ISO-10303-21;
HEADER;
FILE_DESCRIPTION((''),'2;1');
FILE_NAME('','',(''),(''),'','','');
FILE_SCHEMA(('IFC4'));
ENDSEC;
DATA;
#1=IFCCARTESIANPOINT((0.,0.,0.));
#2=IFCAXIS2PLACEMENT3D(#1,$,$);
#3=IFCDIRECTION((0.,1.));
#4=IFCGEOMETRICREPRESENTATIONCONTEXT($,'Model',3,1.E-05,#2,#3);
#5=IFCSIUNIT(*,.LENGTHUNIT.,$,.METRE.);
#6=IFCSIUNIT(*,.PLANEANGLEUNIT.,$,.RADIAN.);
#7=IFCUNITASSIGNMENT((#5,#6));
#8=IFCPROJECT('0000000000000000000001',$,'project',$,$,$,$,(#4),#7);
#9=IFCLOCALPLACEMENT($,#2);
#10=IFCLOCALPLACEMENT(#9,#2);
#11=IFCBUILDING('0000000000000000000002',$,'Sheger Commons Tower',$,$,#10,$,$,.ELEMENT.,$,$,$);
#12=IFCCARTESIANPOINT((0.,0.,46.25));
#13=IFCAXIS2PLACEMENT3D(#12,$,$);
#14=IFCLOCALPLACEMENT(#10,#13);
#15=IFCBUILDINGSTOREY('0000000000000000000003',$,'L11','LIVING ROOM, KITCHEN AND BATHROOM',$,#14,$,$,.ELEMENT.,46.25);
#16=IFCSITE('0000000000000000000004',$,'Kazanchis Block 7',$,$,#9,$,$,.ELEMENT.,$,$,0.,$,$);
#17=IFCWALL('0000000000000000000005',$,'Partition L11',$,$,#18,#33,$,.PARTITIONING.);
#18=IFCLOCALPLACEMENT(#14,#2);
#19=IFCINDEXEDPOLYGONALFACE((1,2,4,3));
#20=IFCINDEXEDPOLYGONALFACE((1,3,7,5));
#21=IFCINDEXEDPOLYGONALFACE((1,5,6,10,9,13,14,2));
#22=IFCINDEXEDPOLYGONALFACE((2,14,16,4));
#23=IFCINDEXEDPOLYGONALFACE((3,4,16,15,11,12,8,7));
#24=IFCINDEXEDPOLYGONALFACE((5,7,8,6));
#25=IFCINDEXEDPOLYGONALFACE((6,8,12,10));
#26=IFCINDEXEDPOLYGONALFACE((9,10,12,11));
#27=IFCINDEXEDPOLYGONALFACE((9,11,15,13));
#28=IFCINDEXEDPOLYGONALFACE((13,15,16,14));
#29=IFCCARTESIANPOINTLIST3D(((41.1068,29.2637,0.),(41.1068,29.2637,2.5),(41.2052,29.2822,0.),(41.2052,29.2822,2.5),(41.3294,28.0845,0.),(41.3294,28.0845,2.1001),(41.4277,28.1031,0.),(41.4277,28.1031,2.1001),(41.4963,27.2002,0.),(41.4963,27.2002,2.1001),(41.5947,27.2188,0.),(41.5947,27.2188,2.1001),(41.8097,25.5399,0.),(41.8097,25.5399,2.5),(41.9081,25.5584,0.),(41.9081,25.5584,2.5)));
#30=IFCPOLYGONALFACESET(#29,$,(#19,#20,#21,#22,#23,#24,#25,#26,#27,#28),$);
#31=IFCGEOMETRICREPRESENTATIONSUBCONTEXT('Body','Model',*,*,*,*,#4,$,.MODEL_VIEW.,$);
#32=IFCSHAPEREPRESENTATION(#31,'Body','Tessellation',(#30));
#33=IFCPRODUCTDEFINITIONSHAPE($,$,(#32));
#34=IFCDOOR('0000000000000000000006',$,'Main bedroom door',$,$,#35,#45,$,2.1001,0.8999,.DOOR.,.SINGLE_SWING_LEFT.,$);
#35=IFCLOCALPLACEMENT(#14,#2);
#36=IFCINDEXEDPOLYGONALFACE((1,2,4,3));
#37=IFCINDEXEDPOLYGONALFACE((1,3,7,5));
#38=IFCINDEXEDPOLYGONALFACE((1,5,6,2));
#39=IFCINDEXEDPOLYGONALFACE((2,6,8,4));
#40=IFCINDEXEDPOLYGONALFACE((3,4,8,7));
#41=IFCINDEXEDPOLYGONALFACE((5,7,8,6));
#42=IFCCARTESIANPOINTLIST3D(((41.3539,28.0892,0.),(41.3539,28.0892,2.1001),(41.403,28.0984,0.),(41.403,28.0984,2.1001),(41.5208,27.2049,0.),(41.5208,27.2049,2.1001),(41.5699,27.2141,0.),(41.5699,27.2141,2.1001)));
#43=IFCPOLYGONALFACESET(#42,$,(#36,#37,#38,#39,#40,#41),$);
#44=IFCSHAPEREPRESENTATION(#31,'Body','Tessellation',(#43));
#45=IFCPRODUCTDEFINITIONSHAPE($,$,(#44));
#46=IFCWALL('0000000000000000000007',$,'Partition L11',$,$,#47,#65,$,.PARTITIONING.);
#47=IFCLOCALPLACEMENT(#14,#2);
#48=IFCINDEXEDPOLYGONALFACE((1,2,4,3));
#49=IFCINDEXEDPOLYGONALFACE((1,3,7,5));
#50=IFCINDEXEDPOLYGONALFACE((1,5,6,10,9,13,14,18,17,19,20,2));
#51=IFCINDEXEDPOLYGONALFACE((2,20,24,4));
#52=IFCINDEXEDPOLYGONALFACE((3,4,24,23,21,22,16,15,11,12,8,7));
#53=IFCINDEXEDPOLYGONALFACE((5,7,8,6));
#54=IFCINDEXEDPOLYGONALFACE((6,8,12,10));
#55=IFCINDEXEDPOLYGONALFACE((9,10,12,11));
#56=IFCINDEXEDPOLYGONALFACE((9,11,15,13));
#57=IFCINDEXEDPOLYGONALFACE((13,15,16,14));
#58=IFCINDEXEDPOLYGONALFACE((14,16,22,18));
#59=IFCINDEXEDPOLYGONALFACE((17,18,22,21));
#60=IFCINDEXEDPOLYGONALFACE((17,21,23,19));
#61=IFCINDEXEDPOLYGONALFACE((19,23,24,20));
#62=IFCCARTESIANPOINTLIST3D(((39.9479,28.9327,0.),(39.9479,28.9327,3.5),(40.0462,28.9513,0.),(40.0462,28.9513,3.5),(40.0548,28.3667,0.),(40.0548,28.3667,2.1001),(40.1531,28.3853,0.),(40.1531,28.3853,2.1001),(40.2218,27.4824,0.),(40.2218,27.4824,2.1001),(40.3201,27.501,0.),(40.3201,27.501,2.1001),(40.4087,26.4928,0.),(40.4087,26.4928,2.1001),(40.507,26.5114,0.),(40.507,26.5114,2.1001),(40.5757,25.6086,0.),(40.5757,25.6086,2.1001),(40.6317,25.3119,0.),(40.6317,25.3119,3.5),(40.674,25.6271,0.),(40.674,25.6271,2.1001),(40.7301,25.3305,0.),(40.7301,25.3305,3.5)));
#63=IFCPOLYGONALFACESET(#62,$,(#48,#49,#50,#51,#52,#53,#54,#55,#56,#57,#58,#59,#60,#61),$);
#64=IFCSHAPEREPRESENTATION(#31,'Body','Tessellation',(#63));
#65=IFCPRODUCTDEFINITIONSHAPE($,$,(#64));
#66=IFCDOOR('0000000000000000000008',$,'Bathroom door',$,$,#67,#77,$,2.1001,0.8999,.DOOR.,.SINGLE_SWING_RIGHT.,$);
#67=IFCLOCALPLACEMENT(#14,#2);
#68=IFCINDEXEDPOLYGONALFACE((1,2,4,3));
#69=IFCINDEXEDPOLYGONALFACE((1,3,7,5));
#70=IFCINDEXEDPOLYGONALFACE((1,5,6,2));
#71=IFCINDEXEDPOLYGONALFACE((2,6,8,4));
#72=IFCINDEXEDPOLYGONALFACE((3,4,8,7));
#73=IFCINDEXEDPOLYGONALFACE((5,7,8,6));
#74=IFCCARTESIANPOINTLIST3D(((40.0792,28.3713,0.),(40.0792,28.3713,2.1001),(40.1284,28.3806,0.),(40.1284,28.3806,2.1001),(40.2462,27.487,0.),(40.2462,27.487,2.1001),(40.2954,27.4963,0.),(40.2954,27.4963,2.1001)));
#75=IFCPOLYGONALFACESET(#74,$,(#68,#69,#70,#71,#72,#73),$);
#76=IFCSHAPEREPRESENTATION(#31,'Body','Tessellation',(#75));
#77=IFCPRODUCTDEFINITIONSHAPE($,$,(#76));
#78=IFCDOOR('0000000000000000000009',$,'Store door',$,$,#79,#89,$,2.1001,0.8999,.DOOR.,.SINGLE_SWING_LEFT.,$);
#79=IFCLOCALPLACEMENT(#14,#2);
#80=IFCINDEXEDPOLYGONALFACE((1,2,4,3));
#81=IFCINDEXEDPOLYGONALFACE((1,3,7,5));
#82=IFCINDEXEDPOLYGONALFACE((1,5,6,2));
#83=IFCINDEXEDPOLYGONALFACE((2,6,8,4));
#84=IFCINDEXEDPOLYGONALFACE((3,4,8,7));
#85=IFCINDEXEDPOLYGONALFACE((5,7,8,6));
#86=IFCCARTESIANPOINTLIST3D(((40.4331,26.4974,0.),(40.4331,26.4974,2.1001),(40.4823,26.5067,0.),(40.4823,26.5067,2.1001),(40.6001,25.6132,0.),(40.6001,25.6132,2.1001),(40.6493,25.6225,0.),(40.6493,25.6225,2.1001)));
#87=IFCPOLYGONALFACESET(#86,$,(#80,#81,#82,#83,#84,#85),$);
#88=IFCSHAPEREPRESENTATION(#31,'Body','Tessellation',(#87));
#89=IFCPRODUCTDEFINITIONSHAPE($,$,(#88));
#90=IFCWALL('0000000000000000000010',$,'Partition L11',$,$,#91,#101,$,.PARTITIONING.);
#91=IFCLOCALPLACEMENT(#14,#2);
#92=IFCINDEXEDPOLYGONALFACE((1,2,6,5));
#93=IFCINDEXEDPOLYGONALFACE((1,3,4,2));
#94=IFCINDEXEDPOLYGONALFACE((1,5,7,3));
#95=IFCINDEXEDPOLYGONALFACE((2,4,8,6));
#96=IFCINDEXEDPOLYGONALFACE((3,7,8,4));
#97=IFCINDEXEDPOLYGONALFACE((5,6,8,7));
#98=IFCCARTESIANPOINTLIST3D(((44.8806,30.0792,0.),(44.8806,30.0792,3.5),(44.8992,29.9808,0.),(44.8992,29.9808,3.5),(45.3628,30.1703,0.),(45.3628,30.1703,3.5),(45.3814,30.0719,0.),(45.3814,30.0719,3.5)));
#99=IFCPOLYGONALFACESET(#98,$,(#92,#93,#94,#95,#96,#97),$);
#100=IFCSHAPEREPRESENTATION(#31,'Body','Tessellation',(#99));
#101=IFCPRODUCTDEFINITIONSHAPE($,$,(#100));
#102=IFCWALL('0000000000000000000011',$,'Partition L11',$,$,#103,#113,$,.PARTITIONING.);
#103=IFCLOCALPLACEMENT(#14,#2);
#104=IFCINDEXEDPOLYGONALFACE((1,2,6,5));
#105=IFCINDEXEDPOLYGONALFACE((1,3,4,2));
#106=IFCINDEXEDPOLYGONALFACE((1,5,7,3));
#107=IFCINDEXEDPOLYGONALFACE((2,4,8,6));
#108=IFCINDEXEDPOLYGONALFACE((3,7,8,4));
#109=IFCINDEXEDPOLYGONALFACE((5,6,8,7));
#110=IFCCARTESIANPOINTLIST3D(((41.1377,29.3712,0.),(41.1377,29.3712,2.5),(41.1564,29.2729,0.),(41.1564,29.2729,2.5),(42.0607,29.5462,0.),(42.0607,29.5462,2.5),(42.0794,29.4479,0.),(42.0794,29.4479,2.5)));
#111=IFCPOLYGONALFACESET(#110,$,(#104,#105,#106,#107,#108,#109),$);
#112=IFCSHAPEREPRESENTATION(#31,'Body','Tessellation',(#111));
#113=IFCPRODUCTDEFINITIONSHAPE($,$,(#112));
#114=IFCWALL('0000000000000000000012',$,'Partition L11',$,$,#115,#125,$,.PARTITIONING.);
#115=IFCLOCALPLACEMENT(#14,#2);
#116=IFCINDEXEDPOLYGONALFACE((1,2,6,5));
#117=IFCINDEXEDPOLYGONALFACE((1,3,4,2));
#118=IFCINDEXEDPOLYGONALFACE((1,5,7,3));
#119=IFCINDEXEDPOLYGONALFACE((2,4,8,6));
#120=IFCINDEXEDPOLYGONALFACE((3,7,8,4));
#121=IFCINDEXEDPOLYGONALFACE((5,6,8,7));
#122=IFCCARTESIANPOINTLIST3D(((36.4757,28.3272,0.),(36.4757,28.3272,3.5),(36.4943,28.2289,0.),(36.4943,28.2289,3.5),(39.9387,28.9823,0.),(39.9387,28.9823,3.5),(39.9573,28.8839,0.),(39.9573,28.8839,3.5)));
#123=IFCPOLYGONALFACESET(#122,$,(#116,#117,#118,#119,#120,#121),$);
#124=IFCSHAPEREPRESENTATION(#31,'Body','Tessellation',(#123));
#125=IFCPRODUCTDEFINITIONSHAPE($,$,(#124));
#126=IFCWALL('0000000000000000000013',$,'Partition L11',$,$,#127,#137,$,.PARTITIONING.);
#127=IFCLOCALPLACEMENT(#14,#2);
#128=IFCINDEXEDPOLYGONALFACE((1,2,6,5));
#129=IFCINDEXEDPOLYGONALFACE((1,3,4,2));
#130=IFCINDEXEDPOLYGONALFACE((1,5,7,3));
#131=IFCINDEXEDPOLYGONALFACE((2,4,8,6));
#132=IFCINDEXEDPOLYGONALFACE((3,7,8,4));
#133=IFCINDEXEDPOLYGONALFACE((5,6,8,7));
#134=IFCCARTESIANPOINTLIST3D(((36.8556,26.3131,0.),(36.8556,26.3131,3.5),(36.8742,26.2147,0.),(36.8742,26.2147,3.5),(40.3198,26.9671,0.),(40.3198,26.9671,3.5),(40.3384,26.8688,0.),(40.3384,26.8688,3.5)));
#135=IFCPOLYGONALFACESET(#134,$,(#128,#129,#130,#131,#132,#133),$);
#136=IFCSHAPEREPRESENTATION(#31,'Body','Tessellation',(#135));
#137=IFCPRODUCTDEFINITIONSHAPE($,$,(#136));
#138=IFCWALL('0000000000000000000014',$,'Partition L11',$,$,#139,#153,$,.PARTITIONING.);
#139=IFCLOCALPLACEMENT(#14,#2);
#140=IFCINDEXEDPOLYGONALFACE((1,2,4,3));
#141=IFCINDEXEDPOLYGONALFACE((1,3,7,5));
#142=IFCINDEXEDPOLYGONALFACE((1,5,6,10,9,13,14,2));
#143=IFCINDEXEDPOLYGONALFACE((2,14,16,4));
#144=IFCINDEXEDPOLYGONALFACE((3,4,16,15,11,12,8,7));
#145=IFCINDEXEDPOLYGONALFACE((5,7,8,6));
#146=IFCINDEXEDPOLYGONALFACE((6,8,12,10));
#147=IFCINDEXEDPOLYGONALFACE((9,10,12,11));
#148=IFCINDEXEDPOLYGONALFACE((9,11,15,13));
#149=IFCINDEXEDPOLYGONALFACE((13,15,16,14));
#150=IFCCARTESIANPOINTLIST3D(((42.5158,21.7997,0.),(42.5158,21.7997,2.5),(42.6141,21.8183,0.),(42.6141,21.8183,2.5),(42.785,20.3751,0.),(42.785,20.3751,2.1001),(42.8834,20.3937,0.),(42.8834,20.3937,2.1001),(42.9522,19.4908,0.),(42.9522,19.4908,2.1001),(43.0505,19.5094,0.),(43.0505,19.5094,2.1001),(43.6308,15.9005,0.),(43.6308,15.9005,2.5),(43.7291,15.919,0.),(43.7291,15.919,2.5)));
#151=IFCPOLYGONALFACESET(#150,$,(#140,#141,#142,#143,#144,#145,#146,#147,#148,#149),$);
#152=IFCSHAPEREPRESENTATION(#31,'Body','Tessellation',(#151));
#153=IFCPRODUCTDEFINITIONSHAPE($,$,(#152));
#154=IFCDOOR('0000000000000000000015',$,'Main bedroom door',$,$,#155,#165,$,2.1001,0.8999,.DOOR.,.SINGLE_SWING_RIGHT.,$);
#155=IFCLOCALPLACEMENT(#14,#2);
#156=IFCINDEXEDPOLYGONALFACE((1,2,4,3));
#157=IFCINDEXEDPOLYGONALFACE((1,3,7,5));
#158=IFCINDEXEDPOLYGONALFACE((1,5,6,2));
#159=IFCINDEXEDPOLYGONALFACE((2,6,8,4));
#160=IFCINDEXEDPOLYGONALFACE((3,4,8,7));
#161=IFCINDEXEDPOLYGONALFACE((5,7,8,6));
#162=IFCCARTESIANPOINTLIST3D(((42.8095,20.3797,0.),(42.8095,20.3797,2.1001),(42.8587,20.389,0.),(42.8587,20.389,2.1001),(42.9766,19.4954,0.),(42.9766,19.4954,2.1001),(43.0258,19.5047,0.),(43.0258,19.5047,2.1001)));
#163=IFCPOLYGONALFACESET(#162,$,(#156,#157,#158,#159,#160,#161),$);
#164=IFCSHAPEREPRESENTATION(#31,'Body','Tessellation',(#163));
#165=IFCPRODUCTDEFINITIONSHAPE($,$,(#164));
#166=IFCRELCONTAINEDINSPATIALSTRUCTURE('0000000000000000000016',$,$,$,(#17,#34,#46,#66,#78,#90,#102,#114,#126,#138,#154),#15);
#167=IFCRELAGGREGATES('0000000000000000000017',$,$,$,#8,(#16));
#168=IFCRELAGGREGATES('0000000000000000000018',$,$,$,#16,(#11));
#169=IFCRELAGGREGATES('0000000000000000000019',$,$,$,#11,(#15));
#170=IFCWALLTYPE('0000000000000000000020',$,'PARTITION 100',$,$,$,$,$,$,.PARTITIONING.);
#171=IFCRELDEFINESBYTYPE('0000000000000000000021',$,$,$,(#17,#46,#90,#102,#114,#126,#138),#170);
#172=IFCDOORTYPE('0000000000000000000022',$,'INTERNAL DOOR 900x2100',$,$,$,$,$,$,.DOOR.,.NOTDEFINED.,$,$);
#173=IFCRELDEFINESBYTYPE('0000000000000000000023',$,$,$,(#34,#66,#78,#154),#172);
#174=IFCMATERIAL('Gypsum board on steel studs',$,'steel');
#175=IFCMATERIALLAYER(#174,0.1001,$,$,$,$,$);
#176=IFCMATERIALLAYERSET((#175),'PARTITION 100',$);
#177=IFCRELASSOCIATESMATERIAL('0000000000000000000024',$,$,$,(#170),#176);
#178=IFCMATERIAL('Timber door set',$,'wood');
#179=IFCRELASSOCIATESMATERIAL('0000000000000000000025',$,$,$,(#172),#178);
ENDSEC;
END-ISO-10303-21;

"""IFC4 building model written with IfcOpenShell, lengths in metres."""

from ifc_helpers import new_model, si_unit, direction, frame, frame_2d, origin, place, context, subcontext, project, spatial, rectangle, extrude, material, layer, layer_set, type_object, element, fill, save


model = new_model("IFC4")

# Units and contexts
model_context = context("Model", 3, precision=1e-05, world=origin(), true_north=direction((0.0, 1.0)))
body_context = subcontext(model_context, "Body", "Model", "MODEL_VIEW")
ifc_project = project(units=[si_unit("LENGTHUNIT", "METRE"), si_unit("PLANEANGLEUNIT", "RADIAN")], contexts=[model_context])

# Site, building, storey
site_placement = place(None, origin())
site = spatial("IfcSite", under=ifc_project, at=site_placement, Name="Kazanchis Block 7", CompositionType="ELEMENT", RefElevation=0.0)
building_placement = place(site_placement, origin())
building = spatial("IfcBuilding", under=site, at=building_placement, Name="Sheger Commons Tower", CompositionType="ELEMENT")
storey_placement = place(building_placement, frame((0.0, 0.0, 46.25)))
storey = spatial("IfcBuildingStorey", under=building, at=storey_placement, Name="L11", Description="LIVING ROOM, KITCHEN AND BATHROOM", CompositionType="ELEMENT", Elevation=46.25)

# Shared definitions
ifc_material_1 = material(Name="Gypsum board on steel studs", Category="steel")
ifc_layer_1 = layer(ifc_material_1, 0.1001)
ifc_layer_set_1 = layer_set([ifc_layer_1], Name="PARTITION 100")
wall_type_1 = type_object("IfcWallType", Name="PARTITION 100", PredefinedType="PARTITIONING", material=ifc_layer_set_1)

# Wall, opening, door
wall_1_placement = place(storey_placement, frame((41.156, 29.2729, 0.0), z_axis=(0.0, 0.0, 1.0), x_axis=(0.185475, -0.982649, 0.0)))
wall_1 = element("IfcWall", 1, at=wall_1_placement, inside=storey, type_object=wall_type_1, Name="Partition L11", PredefinedType="PARTITIONING", context=body_context, shape_type="SweptSolid", body=[
    extrude(rectangle(XDim=3.7896, YDim=0.1001, at=frame_2d((1.8948, 0.0))), origin(), (0.0, 0.0, 1.0), 2.5),
])
opening_1_placement = place(wall_1_placement, frame((1.2, 0.0, 0.0)))
opening_1 = element("IfcOpeningElement", 2, at=opening_1_placement, cuts=wall_1, PredefinedType="OPENING", context=body_context, shape_type="SweptSolid", body=[
    extrude(rectangle(XDim=0.8999, YDim=2.1001, at=frame_2d((0.45, 1.05))), frame((0.0, 0.0601, 0.0), z_axis=(0.0, -1.0, 0.0), x_axis=(1.0, 0.0, 0.0)), (0.0, 0.0, 1.0), 0.1201),
])
ifc_material_2 = material(Name="Timber door set", Category="wood")
door_type = type_object("IfcDoorType", Name="INTERNAL DOOR 900x2100", OperationType="NOTDEFINED", PredefinedType="DOOR", material=ifc_material_2)
door_1_placement = place(opening_1_placement, origin())
door_1 = element("IfcDoor", 3, at=door_1_placement, inside=storey, type_object=door_type, Name="Main bedroom door", OperationType="SINGLE_SWING_LEFT", OverallHeight=2.1001, OverallWidth=0.8999, PredefinedType="DOOR", context=body_context, shape_type="SweptSolid", body=[
    extrude(rectangle(XDim=0.8999, YDim=2.1001, at=frame_2d((0.45, 1.05))), frame((0.0, 0.0249, 0.0), z_axis=(0.0, -1.0, 0.0), x_axis=(1.0, 0.0, 0.0)), (0.0, 0.0, 1.0), 0.05),
])
fill(opening_1, door_1)

# Wall, openings, doors
wall_2_placement = place(storey_placement, frame((39.9971, 28.9419, 0.0), z_axis=(0.0, 0.0, 1.0), x_axis=(0.18558, -0.982629, 0.0)))
wall_2 = element("IfcWall", 4, at=wall_2_placement, inside=storey, type_object=wall_type_1, Name="Partition L11", PredefinedType="PARTITIONING", context=body_context, shape_type="SweptSolid", body=[
    extrude(rectangle(XDim=3.6848, YDim=0.1001, at=frame_2d((1.8423, 0.0))), origin(), (0.0, 0.0, 1.0), 3.5),
])
opening_2_placement = place(wall_2_placement, frame((0.5759, 0.0, 0.0)))
opening_2 = element("IfcOpeningElement", 5, at=opening_2_placement, cuts=wall_2, PredefinedType="OPENING", context=body_context, shape_type="SweptSolid", body=[
    extrude(rectangle(XDim=0.8999, YDim=2.1001, at=frame_2d((0.45, 1.05))), frame((0.0, 0.0601, 0.0), z_axis=(0.0, -1.0, 0.0), x_axis=(1.0, 0.0, 0.0)), (0.0, 0.0, 1.0), 0.1201),
])
opening_3_placement = place(wall_2_placement, frame((2.4829, 0.0, 0.0)))
opening_3 = element("IfcOpeningElement", 6, at=opening_3_placement, cuts=wall_2, PredefinedType="OPENING", context=body_context, shape_type="SweptSolid", body=[
    extrude(rectangle(XDim=0.8999, YDim=2.1001, at=frame_2d((0.45, 1.05))), frame((0.0, 0.0601, 0.0), z_axis=(0.0, -1.0, 0.0), x_axis=(1.0, 0.0, 0.0)), (0.0, 0.0, 1.0), 0.1201),
])
door_2_placement = place(opening_2_placement, origin())
door_2 = element("IfcDoor", 7, at=door_2_placement, inside=storey, type_object=door_type, Name="Bathroom door", OperationType="SINGLE_SWING_RIGHT", OverallHeight=2.1001, OverallWidth=0.8999, PredefinedType="DOOR", context=body_context, shape_type="SweptSolid", body=[
    extrude(rectangle(XDim=0.8999, YDim=2.1001, at=frame_2d((0.45, 1.05))), frame((0.0, 0.0249, 0.0), z_axis=(0.0, -1.0, 0.0), x_axis=(1.0, 0.0, 0.0)), (0.0, 0.0, 1.0), 0.05),
])
fill(opening_2, door_2)
door_3_placement = place(opening_3_placement, origin())
door_3 = element("IfcDoor", 8, at=door_3_placement, inside=storey, type_object=door_type, Name="Store door", OperationType="SINGLE_SWING_LEFT", OverallHeight=2.1001, OverallWidth=0.8999, PredefinedType="DOOR", context=body_context, shape_type="SweptSolid", body=[
    extrude(rectangle(XDim=0.8999, YDim=2.1001, at=frame_2d((0.45, 1.05))), frame((0.0, 0.0249, 0.0), z_axis=(0.0, -1.0, 0.0), x_axis=(1.0, 0.0, 0.0)), (0.0, 0.0, 1.0), 0.05),
])
fill(opening_3, door_3)

# Walls
wall_3_placement = place(storey_placement, frame((45.3721, 30.1211, 0.0), z_axis=(0.0, 0.0, 1.0), x_axis=(-0.982629, -0.18558, 0.0)))
element("IfcWall", 9, at=wall_3_placement, inside=storey, type_object=wall_type_1, Name="Partition L11", PredefinedType="PARTITIONING", context=body_context, shape_type="SweptSolid", body=[
    extrude(rectangle(XDim=0.4907, YDim=0.1001, at=frame_2d((0.2454, 0.0))), origin(), (0.0, 0.0, 1.0), 3.5),
])
wall_4_placement = place(storey_placement, frame((42.0701, 29.4971, 0.0), z_axis=(0.0, 0.0, 1.0), x_axis=(-0.982491, -0.186312, 0.0)))
element("IfcWall", 10, at=wall_4_placement, inside=storey, type_object=wall_type_1, Name="Partition L11", PredefinedType="PARTITIONING", context=body_context, shape_type="SweptSolid", body=[
    extrude(rectangle(XDim=0.9395, YDim=0.1001, at=frame_2d((0.4697, 0.0))), origin(), (0.0, 0.0, 1.0), 2.5),
])
wall_5_placement = place(storey_placement, frame((39.948, 28.9331, 0.0), z_axis=(0.0, 0.0, 1.0), x_axis=(-0.982576, -0.185861, 0.0)))
element("IfcWall", 11, at=wall_5_placement, inside=storey, type_object=wall_type_1, Name="Partition L11", PredefinedType="PARTITIONING", context=body_context, shape_type="SweptSolid", body=[
    extrude(rectangle(XDim=3.5244, YDim=0.1001, at=frame_2d((1.7622, 0.0))), origin(), (0.0, 0.0, 1.0), 3.5),
])
wall_6_placement = place(storey_placement, frame((40.3291, 26.918, 0.0), z_axis=(0.0, 0.0, 1.0), x_axis=(-0.982639, -0.18553, 0.0)))
element("IfcWall", 12, at=wall_6_placement, inside=storey, type_object=wall_type_1, Name="Partition L11", PredefinedType="PARTITIONING", context=body_context, shape_type="SweptSolid", body=[
    extrude(rectangle(XDim=3.5254, YDim=0.1001, at=frame_2d((1.7627, 0.0))), origin(), (0.0, 0.0, 1.0), 3.5),
])

# Wall, opening, door
wall_7_placement = place(storey_placement, frame((42.5649, 21.8091, 0.0), z_axis=(0.0, 0.0, 1.0), x_axis=(0.18572, -0.982603, 0.0)))
wall_7 = element("IfcWall", 13, at=wall_7_placement, inside=storey, type_object=wall_type_1, Name="Partition L11", PredefinedType="PARTITIONING", context=body_context, shape_type="SweptSolid", body=[
    extrude(rectangle(XDim=6.0037, YDim=0.1001, at=frame_2d((3.002, 0.0))), origin(), (0.0, 0.0, 1.0), 2.5),
])
opening_4_placement = place(wall_7_placement, frame((1.45, 0.0, 0.0)))
opening_4 = element("IfcOpeningElement", 14, at=opening_4_placement, cuts=wall_7, PredefinedType="OPENING", context=body_context, shape_type="SweptSolid", body=[
    extrude(rectangle(XDim=0.8999, YDim=2.1001, at=frame_2d((0.45, 1.05))), frame((0.0, 0.0601, 0.0), z_axis=(0.0, -1.0, 0.0), x_axis=(1.0, 0.0, 0.0)), (0.0, 0.0, 1.0), 0.1201),
])
door_4_placement = place(opening_4_placement, origin())
door_4 = element("IfcDoor", 15, at=door_4_placement, inside=storey, type_object=door_type, Name="Main bedroom door", OperationType="SINGLE_SWING_RIGHT", OverallHeight=2.1001, OverallWidth=0.8999, PredefinedType="DOOR", context=body_context, shape_type="SweptSolid", body=[
    extrude(rectangle(XDim=0.8999, YDim=2.1001, at=frame_2d((0.45, 1.05))), frame((0.0, 0.0249, 0.0), z_axis=(0.0, -1.0, 0.0), x_axis=(1.0, 0.0, 0.0)), (0.0, 0.0, 1.0), 0.05),
])
fill(opening_4, door_4)

save(model, "model.ifc")
